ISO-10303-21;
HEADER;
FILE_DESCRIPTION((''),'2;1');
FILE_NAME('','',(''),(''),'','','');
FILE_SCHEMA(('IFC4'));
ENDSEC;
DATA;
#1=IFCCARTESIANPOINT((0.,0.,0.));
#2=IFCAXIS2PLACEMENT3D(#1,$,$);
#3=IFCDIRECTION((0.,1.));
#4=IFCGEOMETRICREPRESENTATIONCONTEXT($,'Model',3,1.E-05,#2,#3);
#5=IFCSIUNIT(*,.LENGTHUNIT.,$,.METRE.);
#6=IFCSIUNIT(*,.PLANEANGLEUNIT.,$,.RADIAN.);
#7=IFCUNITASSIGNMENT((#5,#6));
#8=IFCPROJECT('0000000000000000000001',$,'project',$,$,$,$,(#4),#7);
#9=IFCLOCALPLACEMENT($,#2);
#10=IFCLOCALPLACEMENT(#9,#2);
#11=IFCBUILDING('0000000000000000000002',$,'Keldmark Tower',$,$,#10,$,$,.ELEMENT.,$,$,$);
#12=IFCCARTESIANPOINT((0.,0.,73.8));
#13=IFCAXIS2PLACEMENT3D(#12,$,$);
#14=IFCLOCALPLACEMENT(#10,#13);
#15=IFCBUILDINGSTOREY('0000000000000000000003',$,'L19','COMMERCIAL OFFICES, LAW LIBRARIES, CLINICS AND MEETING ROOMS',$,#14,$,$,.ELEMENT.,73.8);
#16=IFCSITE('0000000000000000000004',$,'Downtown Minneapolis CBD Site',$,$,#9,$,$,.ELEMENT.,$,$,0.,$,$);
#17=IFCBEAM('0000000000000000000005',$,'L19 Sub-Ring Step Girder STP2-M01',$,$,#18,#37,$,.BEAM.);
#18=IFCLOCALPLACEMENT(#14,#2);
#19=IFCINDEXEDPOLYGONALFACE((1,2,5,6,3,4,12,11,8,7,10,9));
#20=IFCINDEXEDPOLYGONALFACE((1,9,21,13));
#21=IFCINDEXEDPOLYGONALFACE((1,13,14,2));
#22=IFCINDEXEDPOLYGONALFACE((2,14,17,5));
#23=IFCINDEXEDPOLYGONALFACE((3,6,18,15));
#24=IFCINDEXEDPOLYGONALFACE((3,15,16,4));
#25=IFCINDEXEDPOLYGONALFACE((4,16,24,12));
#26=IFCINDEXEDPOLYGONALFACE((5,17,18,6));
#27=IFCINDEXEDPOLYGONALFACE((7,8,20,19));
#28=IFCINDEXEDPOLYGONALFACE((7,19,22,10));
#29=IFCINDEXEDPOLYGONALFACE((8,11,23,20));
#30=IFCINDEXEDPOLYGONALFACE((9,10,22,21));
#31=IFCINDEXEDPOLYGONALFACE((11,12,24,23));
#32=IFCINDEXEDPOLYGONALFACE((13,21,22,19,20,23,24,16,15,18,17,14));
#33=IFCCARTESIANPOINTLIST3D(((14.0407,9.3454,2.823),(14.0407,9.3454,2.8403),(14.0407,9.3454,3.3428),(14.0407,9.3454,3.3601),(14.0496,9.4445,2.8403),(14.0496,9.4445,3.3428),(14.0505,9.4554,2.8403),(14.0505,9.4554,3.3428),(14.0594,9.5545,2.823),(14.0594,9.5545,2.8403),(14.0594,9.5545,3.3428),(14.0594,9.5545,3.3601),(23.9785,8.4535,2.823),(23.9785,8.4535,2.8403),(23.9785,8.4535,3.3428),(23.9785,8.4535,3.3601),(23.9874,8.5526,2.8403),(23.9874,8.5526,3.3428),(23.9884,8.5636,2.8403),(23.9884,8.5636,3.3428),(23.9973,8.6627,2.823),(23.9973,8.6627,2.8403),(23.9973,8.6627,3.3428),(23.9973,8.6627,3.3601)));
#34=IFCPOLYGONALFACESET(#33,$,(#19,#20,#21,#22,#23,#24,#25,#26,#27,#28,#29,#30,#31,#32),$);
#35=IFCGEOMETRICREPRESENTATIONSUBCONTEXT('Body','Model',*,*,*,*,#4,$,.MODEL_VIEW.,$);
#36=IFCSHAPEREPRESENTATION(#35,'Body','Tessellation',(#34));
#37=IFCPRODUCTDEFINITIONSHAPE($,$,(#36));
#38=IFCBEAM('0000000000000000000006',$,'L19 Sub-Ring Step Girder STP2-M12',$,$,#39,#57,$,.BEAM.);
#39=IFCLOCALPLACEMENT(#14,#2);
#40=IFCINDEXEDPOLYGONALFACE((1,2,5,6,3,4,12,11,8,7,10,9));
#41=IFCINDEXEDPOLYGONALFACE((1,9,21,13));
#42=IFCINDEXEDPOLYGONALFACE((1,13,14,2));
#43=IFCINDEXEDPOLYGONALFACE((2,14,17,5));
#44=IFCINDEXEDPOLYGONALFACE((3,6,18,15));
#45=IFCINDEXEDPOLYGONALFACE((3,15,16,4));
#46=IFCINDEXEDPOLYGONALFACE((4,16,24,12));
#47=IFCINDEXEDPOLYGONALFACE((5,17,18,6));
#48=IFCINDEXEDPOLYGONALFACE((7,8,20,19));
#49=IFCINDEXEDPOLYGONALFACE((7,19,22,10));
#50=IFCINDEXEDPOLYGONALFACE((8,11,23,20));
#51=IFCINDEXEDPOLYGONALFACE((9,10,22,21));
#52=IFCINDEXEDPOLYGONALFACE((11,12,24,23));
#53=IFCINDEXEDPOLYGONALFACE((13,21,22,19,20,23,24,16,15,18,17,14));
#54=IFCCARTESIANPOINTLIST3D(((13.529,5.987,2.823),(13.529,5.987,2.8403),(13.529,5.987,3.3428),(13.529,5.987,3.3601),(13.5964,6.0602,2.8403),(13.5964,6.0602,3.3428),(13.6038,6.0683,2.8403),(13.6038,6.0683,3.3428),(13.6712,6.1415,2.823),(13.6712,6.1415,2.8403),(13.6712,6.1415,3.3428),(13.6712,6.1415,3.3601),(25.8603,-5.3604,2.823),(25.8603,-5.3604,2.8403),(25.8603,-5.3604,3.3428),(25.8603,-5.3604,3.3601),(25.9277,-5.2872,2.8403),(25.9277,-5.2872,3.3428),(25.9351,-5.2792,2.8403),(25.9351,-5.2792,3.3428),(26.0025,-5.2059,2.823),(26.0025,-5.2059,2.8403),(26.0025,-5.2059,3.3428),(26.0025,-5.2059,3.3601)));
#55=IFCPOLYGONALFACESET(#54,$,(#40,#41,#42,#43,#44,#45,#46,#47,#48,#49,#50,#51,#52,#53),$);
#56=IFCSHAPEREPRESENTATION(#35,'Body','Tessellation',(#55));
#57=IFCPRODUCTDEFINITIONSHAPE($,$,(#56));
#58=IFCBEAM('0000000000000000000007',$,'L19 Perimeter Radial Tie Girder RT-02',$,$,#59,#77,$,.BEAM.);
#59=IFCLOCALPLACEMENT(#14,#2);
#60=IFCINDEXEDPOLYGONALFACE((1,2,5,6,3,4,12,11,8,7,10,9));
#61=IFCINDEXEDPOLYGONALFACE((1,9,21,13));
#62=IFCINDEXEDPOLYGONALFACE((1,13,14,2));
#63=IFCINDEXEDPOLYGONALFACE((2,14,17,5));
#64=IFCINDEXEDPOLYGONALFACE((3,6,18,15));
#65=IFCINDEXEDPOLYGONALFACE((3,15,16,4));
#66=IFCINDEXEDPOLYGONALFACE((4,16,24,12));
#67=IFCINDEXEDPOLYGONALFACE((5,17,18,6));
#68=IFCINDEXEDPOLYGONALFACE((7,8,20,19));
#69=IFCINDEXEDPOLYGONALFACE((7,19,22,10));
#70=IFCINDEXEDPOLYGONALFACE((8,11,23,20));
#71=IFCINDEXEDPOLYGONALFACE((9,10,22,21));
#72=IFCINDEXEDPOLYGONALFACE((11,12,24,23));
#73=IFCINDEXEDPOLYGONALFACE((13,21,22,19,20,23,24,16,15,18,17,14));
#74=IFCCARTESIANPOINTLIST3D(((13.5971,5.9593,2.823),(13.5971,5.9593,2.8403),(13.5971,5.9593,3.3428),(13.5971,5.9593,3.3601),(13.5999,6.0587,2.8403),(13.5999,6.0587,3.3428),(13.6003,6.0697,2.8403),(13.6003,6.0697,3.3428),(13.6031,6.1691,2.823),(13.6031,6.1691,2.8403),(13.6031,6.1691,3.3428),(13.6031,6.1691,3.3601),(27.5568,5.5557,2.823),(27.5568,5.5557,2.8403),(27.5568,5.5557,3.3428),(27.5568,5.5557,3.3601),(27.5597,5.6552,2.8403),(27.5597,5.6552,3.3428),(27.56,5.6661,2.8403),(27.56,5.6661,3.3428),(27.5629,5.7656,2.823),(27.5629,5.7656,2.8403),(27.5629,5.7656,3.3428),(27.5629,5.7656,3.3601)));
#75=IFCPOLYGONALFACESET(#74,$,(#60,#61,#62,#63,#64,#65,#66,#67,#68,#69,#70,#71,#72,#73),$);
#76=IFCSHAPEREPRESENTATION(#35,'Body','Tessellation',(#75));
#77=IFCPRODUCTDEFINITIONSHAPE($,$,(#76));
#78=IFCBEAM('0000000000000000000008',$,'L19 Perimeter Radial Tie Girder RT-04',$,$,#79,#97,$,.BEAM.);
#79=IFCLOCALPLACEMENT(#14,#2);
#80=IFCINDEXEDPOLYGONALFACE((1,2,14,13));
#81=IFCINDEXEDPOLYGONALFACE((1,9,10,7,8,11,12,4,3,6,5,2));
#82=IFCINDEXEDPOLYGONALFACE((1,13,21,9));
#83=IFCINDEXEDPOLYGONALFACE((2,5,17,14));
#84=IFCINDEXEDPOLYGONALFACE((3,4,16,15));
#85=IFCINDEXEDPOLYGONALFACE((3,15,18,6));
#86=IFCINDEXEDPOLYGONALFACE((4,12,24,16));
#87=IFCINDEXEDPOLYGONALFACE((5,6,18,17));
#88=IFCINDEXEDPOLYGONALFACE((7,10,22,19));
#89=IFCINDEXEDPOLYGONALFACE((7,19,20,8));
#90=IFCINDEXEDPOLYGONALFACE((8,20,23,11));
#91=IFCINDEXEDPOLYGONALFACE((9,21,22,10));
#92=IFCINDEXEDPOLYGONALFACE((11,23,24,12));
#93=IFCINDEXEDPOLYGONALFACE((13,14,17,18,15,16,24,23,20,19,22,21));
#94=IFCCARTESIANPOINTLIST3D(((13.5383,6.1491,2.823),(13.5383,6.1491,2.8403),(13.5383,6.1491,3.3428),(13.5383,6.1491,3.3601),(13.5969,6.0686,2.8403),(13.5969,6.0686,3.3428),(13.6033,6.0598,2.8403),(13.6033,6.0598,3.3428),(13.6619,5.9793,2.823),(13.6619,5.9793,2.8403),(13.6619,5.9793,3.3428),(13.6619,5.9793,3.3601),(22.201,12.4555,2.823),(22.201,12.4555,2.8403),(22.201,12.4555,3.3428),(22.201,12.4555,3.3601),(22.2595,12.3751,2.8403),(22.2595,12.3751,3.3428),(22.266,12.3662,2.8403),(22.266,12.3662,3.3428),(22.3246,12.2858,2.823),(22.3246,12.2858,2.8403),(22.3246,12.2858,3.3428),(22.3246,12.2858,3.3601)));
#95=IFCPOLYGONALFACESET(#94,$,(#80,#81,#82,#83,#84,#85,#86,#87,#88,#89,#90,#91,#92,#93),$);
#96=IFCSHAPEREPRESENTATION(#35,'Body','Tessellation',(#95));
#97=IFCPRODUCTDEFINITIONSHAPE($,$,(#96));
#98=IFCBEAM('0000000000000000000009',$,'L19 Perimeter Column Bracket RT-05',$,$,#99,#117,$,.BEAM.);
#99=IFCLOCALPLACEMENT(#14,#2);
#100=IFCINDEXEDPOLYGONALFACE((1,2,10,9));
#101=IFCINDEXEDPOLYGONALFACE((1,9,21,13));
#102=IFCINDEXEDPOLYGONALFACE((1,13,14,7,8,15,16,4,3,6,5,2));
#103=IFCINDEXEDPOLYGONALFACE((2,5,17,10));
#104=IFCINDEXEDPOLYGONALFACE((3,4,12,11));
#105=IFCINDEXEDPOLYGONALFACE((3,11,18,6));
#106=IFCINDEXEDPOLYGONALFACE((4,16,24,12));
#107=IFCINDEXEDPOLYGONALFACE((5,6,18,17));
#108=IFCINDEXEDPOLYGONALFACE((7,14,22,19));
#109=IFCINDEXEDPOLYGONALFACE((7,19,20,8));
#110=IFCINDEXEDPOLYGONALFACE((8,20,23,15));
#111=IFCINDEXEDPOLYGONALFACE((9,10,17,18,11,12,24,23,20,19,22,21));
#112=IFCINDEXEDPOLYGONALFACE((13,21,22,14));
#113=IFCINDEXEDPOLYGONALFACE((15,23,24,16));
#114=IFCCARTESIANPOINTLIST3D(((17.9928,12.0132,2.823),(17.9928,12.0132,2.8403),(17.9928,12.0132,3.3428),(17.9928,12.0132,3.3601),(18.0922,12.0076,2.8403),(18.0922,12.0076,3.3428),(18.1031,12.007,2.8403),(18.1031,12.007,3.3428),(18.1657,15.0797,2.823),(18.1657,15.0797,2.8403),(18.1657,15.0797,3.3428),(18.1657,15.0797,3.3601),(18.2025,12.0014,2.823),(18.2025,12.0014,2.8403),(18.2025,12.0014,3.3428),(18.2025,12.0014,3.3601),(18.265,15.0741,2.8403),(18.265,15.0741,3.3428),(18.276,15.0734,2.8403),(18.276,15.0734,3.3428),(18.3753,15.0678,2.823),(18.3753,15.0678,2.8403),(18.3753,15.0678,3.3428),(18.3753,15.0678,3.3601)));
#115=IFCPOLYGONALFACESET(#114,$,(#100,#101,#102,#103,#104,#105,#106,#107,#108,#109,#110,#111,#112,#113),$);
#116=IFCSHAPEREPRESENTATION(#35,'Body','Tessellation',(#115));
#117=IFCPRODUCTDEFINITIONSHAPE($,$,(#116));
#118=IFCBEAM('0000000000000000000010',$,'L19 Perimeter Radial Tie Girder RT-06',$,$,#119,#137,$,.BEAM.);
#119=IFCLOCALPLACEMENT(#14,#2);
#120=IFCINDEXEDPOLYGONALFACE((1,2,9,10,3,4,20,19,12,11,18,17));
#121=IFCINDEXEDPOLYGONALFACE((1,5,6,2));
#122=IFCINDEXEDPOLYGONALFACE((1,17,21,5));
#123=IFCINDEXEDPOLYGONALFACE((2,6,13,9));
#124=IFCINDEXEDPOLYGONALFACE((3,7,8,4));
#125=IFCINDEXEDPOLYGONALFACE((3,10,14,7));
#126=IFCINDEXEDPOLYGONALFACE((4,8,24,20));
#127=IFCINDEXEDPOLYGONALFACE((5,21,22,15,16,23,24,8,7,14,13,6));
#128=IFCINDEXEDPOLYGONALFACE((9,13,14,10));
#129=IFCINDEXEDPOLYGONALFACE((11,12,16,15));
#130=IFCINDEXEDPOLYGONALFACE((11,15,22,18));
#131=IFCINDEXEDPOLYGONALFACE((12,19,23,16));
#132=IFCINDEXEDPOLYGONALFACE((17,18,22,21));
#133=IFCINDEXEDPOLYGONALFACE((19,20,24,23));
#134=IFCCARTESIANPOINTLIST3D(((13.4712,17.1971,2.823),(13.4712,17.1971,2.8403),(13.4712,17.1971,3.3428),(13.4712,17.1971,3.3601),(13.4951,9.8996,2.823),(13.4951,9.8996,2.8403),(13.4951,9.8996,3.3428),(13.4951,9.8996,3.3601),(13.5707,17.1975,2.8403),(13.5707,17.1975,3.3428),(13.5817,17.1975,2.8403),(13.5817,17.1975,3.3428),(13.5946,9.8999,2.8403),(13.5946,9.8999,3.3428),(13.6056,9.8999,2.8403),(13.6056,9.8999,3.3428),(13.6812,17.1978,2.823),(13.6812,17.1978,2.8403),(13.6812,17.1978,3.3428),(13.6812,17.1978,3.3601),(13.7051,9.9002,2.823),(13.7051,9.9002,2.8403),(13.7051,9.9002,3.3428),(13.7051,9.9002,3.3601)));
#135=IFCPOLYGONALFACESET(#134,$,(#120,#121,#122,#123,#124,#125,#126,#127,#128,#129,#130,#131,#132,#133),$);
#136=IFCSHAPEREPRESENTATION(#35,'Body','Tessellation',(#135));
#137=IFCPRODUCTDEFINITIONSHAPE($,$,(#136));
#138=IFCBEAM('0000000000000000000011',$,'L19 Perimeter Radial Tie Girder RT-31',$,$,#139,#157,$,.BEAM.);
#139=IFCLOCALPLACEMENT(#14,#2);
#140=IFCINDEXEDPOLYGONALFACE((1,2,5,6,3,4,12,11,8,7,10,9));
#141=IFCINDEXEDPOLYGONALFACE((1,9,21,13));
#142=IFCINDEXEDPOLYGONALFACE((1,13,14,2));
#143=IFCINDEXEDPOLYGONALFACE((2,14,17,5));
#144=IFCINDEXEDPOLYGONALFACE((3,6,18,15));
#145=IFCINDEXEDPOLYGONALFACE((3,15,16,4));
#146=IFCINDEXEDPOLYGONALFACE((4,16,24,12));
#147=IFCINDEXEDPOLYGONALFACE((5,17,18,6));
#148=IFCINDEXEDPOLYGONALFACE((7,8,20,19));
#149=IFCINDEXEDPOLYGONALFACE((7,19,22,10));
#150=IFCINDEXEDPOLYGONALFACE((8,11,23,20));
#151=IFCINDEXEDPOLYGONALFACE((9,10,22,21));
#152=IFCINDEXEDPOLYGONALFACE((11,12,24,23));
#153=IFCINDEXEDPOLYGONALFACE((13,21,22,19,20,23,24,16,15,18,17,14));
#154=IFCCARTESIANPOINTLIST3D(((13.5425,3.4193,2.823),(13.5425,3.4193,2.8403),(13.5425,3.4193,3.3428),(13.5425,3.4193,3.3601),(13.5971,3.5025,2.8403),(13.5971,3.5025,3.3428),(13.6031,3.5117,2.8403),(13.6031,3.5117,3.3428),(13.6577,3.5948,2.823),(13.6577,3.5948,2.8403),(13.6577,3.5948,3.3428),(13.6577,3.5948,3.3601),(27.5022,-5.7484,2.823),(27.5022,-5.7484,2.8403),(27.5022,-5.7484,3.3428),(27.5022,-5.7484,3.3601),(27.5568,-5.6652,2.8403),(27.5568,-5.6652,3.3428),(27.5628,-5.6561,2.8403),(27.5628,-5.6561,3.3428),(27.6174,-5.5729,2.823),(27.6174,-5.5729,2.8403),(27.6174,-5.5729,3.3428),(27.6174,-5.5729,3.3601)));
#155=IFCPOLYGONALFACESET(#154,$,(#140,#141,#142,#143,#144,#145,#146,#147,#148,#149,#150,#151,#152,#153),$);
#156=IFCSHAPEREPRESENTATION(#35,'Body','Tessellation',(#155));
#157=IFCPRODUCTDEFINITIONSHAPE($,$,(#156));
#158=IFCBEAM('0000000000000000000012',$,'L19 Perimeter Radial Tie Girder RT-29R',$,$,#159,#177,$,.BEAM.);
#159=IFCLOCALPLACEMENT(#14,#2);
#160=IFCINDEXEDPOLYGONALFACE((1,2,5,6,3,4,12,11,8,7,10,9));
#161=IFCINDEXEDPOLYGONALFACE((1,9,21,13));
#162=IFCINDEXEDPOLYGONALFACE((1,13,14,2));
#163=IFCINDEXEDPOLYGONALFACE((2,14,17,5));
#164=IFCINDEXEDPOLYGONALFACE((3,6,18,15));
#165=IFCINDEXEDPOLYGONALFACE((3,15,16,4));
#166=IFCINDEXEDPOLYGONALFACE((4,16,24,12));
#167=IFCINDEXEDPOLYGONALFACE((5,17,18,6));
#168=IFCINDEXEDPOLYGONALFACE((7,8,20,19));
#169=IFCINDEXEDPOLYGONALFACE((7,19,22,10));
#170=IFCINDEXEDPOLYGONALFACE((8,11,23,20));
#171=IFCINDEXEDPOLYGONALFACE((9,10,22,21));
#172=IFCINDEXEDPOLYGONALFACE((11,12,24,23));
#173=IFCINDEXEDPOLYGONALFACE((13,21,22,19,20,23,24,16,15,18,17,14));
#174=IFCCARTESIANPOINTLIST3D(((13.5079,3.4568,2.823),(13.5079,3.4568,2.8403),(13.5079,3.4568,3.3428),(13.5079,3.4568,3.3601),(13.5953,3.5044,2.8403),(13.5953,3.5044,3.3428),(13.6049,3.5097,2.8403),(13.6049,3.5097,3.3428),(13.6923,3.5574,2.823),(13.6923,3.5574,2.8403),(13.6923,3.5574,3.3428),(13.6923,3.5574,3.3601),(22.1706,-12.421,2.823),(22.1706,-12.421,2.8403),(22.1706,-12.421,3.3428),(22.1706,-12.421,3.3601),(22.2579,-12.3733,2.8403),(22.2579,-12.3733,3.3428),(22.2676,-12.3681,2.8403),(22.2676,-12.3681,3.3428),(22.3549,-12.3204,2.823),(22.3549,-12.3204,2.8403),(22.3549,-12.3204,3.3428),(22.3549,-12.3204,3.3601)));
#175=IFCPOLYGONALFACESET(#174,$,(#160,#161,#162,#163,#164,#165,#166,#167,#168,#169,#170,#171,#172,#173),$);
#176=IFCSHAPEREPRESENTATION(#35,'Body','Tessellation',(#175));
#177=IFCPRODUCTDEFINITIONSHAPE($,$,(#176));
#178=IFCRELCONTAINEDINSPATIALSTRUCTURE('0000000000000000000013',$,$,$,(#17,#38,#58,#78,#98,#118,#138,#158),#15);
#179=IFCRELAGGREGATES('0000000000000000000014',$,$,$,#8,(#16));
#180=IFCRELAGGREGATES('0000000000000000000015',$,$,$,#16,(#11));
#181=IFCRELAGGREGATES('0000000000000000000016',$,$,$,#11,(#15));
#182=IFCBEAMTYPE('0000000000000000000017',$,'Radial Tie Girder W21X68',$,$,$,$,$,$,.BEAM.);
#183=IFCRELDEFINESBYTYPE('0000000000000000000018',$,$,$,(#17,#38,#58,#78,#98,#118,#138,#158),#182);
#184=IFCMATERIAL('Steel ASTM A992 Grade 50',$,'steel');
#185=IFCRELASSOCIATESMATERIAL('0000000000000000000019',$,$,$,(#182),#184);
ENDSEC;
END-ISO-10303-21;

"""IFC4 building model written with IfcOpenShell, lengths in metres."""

from ifc_helpers import new_model, si_unit, direction, frame, origin, origin_2d, place, context, subcontext, project, spatial, i_section, extrude, material, material_profile, profile_set, type_object, element, save


model = new_model("IFC4")

# Units and contexts
model_context = context("Model", 3, precision=1e-05, world=origin(), true_north=direction((0.0, 1.0)))
body_context = subcontext(model_context, "Body", "Model", "MODEL_VIEW")
ifc_project = project(units=[si_unit("LENGTHUNIT", "METRE"), si_unit("PLANEANGLEUNIT", "RADIAN")], contexts=[model_context])

# Site, building, storey
site_placement = place(None, origin())
site = spatial("IfcSite", under=ifc_project, at=site_placement, Name="Downtown Minneapolis CBD Site", CompositionType="ELEMENT", RefElevation=0.0)
building_placement = place(site_placement, origin())
building = spatial("IfcBuilding", under=site, at=building_placement, Name="Keldmark Tower", CompositionType="ELEMENT")
storey_placement = place(building_placement, frame((0.0, 0.0, 73.8)))
storey = spatial("IfcBuildingStorey", under=building, at=storey_placement, Name="L19", Description="COMMERCIAL OFFICES, LAW LIBRARIES, CLINICS AND MEETING ROOMS", CompositionType="ELEMENT", Elevation=73.8)

# Beams
ifc_material_1 = material(Name="Steel ASTM A992 Grade 50", Category="steel")
ifc_material_profile_1 = material_profile(ifc_material_1, i_section(OverallWidth=0.21, OverallDepth=0.5371, WebThickness=0.011, FlangeThickness=0.0173, at=origin_2d()), Name="W21X68")
ifc_profile_set_1 = profile_set([ifc_material_profile_1], Name="Steel ASTM A992 Grade 50")
beam_type_1 = type_object("IfcBeamType", Name="Radial Tie Girder W21X68", PredefinedType="BEAM", material=ifc_profile_set_1)
beam_1_placement = place(storey_placement, frame((14.05, 9.45, 3.0916), z_axis=(0.995997, -0.089384, 0.0), x_axis=(0.089384, 0.995997, 0.0)))
element("IfcBeam", 1, at=beam_1_placement, inside=storey, type_object=beam_type_1, Name="L19 Sub-Ring Step Girder STP2-M01", PredefinedType="BEAM", context=body_context, shape_type="SweptSolid", body=[
    extrude(i_section(OverallWidth=0.21, OverallDepth=0.5371, WebThickness=0.011, FlangeThickness=0.0173, at=origin_2d()), origin(), (0.0, 0.0, 1.0), 9.9778),
])
beam_2_placement = place(storey_placement, frame((13.6001, 6.0642, 3.0916), z_axis=(0.735853, -0.677141, 0.0), x_axis=(0.677141, 0.735853, 0.0)))
element("IfcBeam", 2, at=beam_2_placement, inside=storey, type_object=beam_type_1, Name="L19 Sub-Ring Step Girder STP2-M12", PredefinedType="BEAM", context=body_context, shape_type="SweptSolid", body=[
    extrude(i_section(OverallWidth=0.21, OverallDepth=0.5371, WebThickness=0.011, FlangeThickness=0.0173, at=origin_2d()), origin(), (0.0, 0.0, 1.0), 16.7578),
])
beam_3_placement = place(storey_placement, frame((13.6001, 6.0642, 3.0916), z_axis=(0.999582, -0.028897, 0.0), x_axis=(0.028897, 0.999582, 0.0)))
element("IfcBeam", 3, at=beam_3_placement, inside=storey, type_object=beam_type_1, Name="L19 Perimeter Radial Tie Girder RT-02", PredefinedType="BEAM", context=body_context, shape_type="SweptSolid", body=[
    extrude(i_section(OverallWidth=0.21, OverallDepth=0.5371, WebThickness=0.011, FlangeThickness=0.0173, at=origin_2d()), origin(), (0.0, 0.0, 1.0), 13.9656),
])
beam_4_placement = place(storey_placement, frame((13.6001, 6.0642, 3.0916), z_axis=(0.808455, 0.588558, 0.0), x_axis=(-0.588558, 0.808455, 0.0)))
element("IfcBeam", 4, at=beam_4_placement, inside=storey, type_object=beam_type_1, Name="L19 Perimeter Radial Tie Girder RT-04", PredefinedType="BEAM", context=body_context, shape_type="SweptSolid", body=[
    extrude(i_section(OverallWidth=0.21, OverallDepth=0.5371, WebThickness=0.011, FlangeThickness=0.0173, at=origin_2d()), origin(), (0.0, 0.0, 1.0), 10.7151),
])
beam_5_placement = place(storey_placement, frame((18.0977, 12.0073, 3.0916), z_axis=(0.05628, 0.998415, 0.0), x_axis=(-0.998415, 0.05628, 0.0)))
element("IfcBeam", 5, at=beam_5_placement, inside=storey, type_object=beam_type_1, Name="L19 Perimeter Column Bracket RT-05", PredefinedType="BEAM", context=body_context, shape_type="SweptSolid", body=[
    extrude(i_section(OverallWidth=0.21, OverallDepth=0.5371, WebThickness=0.011, FlangeThickness=0.0173, at=origin_2d()), origin(), (0.0, 0.0, 1.0), 3.0713),
])
beam_6_placement = place(storey_placement, frame((13.6001, 9.8999, 3.0916), z_axis=(-0.003279, 0.999995, 0.0), x_axis=(-0.999995, -0.003279, 0.0)))
element("IfcBeam", 6, at=beam_6_placement, inside=storey, type_object=beam_type_1, Name="L19 Perimeter Radial Tie Girder RT-06", PredefinedType="BEAM", context=body_context, shape_type="SweptSolid", body=[
    extrude(i_section(OverallWidth=0.21, OverallDepth=0.5371, WebThickness=0.011, FlangeThickness=0.0173, at=origin_2d()), origin(), (0.0, 0.0, 1.0), 7.2976),
])
beam_7_placement = place(storey_placement, frame((13.6001, 3.5071, 3.0916), z_axis=(0.835865, -0.548935, 0.0), x_axis=(0.548935, 0.835865, 0.0)))
element("IfcBeam", 7, at=beam_7_placement, inside=storey, type_object=beam_type_1, Name="L19 Perimeter Radial Tie Girder RT-31", PredefinedType="BEAM", context=body_context, shape_type="SweptSolid", body=[
    extrude(i_section(OverallWidth=0.21, OverallDepth=0.5371, WebThickness=0.011, FlangeThickness=0.0173, at=origin_2d()), origin(), (0.0, 0.0, 1.0), 16.7009),
])
beam_8_placement = place(storey_placement, frame((13.6001, 3.5071, 3.0916), z_axis=(0.478939, -0.877848, 0.0), x_axis=(0.877848, 0.478939, 0.0)))
element("IfcBeam", 8, at=beam_8_placement, inside=storey, type_object=beam_type_1, Name="L19 Perimeter Radial Tie Girder RT-29R", PredefinedType="BEAM", context=body_context, shape_type="SweptSolid", body=[
    extrude(i_section(OverallWidth=0.21, OverallDepth=0.5371, WebThickness=0.011, FlangeThickness=0.0173, at=origin_2d()), origin(), (0.0, 0.0, 1.0), 18.0872),
])

save(model, "model.ifc")
